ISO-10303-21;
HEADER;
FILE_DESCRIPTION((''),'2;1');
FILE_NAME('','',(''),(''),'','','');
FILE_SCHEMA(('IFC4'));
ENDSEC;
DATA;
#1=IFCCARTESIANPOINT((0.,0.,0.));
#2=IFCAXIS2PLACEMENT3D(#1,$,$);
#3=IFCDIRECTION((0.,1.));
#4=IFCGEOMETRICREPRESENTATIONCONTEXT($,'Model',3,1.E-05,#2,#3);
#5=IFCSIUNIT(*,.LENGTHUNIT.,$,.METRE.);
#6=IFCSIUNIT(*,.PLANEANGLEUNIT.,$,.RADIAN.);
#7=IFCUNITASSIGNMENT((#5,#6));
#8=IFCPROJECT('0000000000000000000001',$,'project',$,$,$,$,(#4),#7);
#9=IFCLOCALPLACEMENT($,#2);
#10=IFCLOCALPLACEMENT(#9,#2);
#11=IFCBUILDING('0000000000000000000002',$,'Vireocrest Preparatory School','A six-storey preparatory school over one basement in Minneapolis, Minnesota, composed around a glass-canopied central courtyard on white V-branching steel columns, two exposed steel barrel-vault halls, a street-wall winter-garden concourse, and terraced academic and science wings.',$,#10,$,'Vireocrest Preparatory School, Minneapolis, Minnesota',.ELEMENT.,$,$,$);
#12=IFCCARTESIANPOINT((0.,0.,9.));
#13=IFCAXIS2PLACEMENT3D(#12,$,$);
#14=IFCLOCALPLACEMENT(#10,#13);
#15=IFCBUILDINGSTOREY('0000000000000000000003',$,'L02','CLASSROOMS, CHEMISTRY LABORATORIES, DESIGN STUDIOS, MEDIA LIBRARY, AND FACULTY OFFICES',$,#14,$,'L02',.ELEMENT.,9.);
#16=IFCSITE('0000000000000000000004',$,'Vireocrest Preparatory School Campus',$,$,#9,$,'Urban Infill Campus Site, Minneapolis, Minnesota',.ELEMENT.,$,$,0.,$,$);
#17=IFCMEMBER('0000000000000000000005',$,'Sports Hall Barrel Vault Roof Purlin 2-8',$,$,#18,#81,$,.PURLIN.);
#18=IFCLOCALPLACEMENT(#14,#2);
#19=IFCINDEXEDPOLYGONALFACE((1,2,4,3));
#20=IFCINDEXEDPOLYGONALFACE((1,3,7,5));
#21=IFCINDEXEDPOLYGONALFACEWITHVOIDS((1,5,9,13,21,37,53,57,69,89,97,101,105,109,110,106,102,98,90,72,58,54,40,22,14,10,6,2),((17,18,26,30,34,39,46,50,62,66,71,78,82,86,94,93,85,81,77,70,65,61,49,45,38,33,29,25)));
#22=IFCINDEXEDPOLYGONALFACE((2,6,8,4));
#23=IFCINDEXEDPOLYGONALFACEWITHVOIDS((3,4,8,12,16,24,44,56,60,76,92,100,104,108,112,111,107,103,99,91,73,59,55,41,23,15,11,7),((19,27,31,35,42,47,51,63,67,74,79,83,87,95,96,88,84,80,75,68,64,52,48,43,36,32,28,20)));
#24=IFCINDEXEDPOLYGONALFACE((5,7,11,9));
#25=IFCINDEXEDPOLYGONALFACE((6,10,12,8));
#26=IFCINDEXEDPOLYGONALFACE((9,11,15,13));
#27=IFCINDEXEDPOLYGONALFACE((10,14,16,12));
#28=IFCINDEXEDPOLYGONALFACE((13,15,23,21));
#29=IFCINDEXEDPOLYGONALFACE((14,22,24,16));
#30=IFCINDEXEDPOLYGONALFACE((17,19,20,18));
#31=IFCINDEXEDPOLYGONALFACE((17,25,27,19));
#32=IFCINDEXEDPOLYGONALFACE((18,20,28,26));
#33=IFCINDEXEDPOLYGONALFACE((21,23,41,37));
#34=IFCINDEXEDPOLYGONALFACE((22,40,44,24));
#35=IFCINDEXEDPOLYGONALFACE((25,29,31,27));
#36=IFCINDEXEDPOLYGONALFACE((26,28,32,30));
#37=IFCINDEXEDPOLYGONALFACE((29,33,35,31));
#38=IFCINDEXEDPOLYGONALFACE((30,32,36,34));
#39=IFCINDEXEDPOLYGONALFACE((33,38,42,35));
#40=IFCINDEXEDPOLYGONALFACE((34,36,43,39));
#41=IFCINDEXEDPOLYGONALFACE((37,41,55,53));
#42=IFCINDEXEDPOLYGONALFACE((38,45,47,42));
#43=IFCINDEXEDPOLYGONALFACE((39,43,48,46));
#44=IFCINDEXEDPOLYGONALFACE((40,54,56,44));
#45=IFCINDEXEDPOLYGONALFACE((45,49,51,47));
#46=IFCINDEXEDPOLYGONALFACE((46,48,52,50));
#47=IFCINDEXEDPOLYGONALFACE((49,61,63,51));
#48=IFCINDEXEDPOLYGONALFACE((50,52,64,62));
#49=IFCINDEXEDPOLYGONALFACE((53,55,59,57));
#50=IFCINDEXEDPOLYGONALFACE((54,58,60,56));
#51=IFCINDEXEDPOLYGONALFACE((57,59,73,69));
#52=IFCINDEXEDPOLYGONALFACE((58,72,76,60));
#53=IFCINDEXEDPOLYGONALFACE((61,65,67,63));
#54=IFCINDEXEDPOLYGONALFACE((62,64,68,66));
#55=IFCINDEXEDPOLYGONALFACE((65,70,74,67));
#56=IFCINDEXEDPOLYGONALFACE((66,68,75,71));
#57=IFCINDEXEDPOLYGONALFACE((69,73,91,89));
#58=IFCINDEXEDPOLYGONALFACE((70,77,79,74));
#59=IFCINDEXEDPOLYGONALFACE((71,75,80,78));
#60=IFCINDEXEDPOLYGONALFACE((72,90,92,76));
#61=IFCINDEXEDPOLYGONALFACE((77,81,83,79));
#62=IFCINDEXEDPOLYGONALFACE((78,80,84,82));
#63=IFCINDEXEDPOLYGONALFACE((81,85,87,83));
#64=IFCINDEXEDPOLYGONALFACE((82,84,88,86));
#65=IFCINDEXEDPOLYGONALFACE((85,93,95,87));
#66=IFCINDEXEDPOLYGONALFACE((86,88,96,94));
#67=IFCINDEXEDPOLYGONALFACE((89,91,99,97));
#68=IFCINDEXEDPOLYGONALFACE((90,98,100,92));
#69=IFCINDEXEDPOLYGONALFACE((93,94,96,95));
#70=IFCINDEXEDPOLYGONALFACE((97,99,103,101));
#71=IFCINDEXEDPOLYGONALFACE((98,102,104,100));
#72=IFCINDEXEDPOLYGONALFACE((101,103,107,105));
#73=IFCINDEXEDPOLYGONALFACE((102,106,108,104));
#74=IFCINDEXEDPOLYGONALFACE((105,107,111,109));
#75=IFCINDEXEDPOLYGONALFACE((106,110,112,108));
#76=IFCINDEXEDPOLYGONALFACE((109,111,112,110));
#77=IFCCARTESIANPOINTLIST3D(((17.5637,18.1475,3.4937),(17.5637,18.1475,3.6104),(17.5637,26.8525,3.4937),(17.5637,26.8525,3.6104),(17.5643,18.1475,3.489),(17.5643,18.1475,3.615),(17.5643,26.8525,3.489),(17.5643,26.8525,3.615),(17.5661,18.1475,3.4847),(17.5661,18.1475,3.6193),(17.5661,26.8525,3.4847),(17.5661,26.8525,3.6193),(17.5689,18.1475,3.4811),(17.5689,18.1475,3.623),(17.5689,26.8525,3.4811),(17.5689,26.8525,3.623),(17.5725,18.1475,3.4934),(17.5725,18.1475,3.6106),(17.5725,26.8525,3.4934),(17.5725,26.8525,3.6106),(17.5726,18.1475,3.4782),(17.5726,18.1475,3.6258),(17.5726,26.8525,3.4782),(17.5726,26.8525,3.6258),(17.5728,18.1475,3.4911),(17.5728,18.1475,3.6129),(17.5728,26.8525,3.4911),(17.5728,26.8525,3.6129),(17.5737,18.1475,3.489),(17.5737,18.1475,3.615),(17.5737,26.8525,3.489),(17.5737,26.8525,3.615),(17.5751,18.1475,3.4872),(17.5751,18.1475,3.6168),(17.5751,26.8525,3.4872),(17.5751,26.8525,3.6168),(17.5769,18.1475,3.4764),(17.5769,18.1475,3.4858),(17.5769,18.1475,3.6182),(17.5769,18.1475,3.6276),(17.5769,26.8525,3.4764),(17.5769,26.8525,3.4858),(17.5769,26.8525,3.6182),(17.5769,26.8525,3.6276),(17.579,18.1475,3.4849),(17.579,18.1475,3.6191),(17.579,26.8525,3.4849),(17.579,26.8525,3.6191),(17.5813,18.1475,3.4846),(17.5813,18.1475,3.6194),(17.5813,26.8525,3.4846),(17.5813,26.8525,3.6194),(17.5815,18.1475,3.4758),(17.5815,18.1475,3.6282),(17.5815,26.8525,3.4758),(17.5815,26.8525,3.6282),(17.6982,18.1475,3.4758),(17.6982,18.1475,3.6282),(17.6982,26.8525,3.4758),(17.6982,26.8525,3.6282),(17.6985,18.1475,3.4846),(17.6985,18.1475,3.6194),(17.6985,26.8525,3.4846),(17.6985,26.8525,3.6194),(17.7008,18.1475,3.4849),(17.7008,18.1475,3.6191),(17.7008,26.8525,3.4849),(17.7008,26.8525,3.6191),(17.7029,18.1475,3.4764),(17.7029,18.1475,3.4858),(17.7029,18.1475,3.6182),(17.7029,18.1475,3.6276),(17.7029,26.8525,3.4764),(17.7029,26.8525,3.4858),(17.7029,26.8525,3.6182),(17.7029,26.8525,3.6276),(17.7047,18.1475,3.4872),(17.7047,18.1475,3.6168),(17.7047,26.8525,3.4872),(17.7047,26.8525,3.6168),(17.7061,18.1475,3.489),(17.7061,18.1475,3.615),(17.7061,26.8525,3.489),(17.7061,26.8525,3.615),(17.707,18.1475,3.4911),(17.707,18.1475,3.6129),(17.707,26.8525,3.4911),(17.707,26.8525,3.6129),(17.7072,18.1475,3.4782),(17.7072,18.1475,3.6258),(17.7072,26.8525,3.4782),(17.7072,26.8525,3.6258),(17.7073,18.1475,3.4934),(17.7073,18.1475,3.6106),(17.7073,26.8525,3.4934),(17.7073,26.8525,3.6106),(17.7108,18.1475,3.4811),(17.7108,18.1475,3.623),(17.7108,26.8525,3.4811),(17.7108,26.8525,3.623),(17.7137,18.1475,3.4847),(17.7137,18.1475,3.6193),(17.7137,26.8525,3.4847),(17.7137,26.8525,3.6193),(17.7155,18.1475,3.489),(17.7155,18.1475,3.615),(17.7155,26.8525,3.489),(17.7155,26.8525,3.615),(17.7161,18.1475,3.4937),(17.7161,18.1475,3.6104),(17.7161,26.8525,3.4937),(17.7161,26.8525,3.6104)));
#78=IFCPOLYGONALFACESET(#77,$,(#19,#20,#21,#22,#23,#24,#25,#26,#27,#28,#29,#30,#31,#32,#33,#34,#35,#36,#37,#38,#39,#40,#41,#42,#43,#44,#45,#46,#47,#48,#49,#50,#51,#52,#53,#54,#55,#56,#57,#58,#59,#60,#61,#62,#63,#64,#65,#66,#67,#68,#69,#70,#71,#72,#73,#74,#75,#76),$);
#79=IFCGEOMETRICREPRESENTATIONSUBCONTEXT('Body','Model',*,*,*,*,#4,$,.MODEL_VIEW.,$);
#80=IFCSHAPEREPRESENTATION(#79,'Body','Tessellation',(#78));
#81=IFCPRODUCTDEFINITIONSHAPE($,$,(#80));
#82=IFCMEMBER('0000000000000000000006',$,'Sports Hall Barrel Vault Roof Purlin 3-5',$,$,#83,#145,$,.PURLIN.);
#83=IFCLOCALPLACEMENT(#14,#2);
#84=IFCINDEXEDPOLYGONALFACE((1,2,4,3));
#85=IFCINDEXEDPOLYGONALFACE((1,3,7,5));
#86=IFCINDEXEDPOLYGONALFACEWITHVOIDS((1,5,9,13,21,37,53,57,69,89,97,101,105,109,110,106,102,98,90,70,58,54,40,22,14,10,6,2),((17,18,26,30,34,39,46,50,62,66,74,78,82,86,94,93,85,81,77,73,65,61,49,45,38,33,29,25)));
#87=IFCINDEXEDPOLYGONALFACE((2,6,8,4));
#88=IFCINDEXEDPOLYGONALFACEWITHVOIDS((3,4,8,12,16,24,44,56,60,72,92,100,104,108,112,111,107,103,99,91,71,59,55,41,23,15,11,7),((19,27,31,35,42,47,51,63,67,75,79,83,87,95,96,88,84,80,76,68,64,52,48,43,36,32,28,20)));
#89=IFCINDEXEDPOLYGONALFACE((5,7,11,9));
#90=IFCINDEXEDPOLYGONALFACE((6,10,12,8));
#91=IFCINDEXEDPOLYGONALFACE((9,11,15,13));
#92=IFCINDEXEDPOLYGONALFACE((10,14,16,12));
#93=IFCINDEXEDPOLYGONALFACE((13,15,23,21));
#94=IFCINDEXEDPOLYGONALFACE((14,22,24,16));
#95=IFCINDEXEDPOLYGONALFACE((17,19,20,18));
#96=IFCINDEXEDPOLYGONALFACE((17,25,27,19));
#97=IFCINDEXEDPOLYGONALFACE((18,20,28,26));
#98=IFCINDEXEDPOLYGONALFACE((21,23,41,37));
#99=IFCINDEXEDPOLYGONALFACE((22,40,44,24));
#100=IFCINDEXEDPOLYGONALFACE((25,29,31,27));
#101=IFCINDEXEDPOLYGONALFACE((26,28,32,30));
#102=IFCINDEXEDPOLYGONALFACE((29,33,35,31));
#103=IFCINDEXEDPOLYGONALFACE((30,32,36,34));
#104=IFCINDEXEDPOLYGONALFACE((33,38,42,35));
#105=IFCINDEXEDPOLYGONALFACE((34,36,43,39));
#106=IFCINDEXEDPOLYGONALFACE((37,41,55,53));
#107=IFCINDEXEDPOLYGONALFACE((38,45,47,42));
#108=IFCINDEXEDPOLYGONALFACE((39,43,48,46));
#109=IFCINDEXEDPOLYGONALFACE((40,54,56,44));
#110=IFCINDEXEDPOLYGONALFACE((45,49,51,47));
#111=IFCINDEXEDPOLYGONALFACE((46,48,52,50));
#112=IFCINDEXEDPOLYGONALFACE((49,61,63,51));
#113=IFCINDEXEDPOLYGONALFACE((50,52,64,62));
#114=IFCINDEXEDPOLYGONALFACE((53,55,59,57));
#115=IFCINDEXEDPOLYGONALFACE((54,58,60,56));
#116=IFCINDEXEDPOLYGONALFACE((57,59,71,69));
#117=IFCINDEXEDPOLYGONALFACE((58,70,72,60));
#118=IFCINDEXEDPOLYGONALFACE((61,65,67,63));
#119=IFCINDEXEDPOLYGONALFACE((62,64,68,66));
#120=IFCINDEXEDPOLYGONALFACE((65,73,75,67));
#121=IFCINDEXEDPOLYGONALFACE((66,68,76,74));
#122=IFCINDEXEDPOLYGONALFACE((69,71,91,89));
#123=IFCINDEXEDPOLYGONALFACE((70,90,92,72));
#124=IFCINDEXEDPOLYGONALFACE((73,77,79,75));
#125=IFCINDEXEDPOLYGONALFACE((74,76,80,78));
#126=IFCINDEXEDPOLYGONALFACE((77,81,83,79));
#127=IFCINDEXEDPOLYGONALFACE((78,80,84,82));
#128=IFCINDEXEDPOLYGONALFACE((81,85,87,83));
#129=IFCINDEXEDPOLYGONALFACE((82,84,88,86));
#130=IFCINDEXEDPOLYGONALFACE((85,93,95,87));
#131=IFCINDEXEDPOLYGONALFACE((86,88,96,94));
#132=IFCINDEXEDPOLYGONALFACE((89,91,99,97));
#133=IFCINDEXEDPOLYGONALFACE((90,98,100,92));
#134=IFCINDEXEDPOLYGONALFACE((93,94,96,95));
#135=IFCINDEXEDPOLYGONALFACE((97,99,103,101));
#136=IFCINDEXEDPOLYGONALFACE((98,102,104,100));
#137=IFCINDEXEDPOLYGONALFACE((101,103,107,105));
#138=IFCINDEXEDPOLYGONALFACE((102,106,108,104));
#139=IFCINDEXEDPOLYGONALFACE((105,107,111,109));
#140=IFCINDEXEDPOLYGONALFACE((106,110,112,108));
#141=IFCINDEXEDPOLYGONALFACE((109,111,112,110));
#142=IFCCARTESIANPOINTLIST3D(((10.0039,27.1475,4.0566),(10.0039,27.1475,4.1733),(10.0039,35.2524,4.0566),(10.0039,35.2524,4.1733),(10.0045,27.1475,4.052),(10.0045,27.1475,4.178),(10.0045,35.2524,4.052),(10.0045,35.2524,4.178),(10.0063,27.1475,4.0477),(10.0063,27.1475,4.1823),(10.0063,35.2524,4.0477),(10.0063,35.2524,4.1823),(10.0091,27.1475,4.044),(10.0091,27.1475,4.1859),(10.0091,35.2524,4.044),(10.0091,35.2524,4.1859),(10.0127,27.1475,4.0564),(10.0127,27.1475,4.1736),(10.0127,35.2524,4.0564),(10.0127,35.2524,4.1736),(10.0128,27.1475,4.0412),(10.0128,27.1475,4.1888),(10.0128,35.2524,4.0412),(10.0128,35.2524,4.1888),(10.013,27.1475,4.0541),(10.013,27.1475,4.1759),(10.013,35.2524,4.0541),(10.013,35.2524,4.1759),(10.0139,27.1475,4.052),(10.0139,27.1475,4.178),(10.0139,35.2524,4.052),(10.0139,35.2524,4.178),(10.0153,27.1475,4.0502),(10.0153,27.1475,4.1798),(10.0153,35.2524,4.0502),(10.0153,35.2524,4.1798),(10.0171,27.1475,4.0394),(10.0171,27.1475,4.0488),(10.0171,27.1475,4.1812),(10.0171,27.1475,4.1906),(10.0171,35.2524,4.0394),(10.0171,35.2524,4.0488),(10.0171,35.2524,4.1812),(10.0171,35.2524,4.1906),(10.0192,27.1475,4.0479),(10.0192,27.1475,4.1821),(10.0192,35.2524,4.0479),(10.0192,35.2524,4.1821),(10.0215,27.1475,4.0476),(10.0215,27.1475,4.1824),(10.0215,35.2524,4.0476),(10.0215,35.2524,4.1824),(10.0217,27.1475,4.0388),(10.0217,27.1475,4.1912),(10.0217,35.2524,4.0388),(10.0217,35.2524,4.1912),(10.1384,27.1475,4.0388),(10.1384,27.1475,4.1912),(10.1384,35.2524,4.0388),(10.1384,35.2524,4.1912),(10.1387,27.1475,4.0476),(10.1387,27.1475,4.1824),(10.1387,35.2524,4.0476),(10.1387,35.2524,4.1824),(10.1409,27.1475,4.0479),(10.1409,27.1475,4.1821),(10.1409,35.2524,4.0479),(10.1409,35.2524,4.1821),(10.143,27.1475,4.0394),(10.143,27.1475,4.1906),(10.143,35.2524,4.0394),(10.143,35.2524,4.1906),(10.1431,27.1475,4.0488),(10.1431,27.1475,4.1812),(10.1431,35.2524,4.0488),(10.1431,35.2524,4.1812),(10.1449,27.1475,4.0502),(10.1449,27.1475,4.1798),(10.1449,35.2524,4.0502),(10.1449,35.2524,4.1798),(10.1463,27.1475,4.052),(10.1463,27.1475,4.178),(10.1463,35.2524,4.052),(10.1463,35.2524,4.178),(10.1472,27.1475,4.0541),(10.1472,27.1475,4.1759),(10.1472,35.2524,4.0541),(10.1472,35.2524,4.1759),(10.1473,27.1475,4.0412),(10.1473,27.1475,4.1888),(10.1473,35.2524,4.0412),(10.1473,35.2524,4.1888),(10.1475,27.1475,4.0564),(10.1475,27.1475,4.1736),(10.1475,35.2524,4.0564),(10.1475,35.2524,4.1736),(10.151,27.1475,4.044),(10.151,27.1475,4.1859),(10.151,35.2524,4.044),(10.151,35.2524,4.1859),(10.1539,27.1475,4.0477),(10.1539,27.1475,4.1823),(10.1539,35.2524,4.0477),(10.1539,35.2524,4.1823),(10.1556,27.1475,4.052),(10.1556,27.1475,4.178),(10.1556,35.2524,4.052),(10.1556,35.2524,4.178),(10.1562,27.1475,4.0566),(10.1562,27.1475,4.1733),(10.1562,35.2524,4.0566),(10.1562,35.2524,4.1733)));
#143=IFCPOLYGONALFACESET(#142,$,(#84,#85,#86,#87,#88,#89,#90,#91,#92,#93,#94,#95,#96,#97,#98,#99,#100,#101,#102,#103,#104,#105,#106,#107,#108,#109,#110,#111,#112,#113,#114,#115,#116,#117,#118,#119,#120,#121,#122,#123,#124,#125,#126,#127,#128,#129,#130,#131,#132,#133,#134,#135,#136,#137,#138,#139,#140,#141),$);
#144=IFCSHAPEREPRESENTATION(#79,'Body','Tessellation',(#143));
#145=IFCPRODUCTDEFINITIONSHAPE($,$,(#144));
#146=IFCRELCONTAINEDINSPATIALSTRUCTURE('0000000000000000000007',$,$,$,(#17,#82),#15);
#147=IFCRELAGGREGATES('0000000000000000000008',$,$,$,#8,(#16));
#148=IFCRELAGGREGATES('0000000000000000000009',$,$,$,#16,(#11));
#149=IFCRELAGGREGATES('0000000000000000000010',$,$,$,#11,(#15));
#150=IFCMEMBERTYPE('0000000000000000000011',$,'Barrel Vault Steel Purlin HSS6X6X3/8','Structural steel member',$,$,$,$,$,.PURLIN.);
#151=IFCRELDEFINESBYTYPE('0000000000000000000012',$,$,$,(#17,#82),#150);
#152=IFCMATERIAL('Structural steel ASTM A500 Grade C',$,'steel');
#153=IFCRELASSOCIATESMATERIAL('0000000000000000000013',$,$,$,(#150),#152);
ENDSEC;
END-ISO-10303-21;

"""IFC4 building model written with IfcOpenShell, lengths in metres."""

from ifc_helpers import new_model, si_unit, direction, frame, origin, origin_2d, place, context, subcontext, project, spatial, hollow_rectangle, extrude, material, material_profile, profile_set, type_object, element, save


model = new_model("IFC4")

# Units and contexts
model_context = context("Model", 3, precision=1e-05, world=origin(), true_north=direction((0.0, 1.0)))
body_context = subcontext(model_context, "Body", "Model", "MODEL_VIEW")
ifc_project = project(units=[si_unit("LENGTHUNIT", "METRE"), si_unit("PLANEANGLEUNIT", "RADIAN")], contexts=[model_context])

# Site, building, storey
site_placement = place(None, origin())
site = spatial("IfcSite", under=ifc_project, at=site_placement, Name="Vireocrest Preparatory School Campus", LongName="Urban Infill Campus Site, Minneapolis, Minnesota", CompositionType="ELEMENT", RefElevation=0.0)
building_placement = place(site_placement, origin())
building = spatial("IfcBuilding", under=site, at=building_placement, Name="Vireocrest Preparatory School", Description="A six-storey preparatory school over one basement in Minneapolis, Minnesota, composed around a glass-canopied central courtyard on white V-branching steel columns, two exposed steel barrel-vault halls, a street-wall winter-garden concourse, and terraced academic and science wings.", LongName="Vireocrest Preparatory School, Minneapolis, Minnesota", CompositionType="ELEMENT")
storey_placement = place(building_placement, frame((0.0, 0.0, 9.0)))
storey = spatial("IfcBuildingStorey", under=building, at=storey_placement, Name="L02", Description="CLASSROOMS, CHEMISTRY LABORATORIES, DESIGN STUDIOS, MEDIA LIBRARY, AND FACULTY OFFICES", LongName="L02", CompositionType="ELEMENT", Elevation=9.0)

# Members
ifc_material_1 = material(Name="Structural steel ASTM A500 Grade C", Category="steel")
ifc_material_profile_1 = material_profile(ifc_material_1, hollow_rectangle(XDim=0.1523, YDim=0.1523, WallThickness=0.0088, InnerFilletRadius=0.0088, OuterFilletRadius=0.0178, at=origin_2d()), Name="HSS6X6X3/8")
ifc_profile_set_1 = profile_set([ifc_material_profile_1], Name="Structural steel ASTM A500 Grade C")
member_type = type_object("IfcMemberType", Name="Barrel Vault Steel Purlin HSS6X6X3/8", Description="Structural steel member", PredefinedType="PURLIN", material=ifc_profile_set_1)
for number, where, z_axis, x_axis, name in (
    (1, (17.6399, 18.1475, 3.552), (0.0, 1.0, 0.0), (-1.0, 0.0, 0.0), "Sports Hall Barrel Vault Roof Purlin 2-8"),
):
    element("IfcMember", number, at=place(storey_placement, frame(where, z_axis=z_axis, x_axis=x_axis)), inside=storey, type_object=member_type, Name=name, PredefinedType="PURLIN", context=body_context, shape_type="SweptSolid", body=[
        extrude(hollow_rectangle(XDim=0.1523, YDim=0.1523, WallThickness=0.0088, InnerFilletRadius=0.0088, OuterFilletRadius=0.0178, at=origin_2d()), origin(), (0.0, 0.0, 1.0), 8.7051),
    ])
for number, where, z_axis, x_axis, name in (
    (2, (10.0801, 27.1475, 4.115), (0.0, 1.0, 0.0), (-1.0, 0.0, 0.0), "Sports Hall Barrel Vault Roof Purlin 3-5"),
):
    element("IfcMember", number, at=place(storey_placement, frame(where, z_axis=z_axis, x_axis=x_axis)), inside=storey, type_object=member_type, Name=name, PredefinedType="PURLIN", context=body_context, shape_type="SweptSolid", body=[
        extrude(hollow_rectangle(XDim=0.1523, YDim=0.1523, WallThickness=0.0088, InnerFilletRadius=0.0088, OuterFilletRadius=0.0178, at=origin_2d()), origin(), (0.0, 0.0, 1.0), 8.105),
    ])

save(model, "model.ifc")
